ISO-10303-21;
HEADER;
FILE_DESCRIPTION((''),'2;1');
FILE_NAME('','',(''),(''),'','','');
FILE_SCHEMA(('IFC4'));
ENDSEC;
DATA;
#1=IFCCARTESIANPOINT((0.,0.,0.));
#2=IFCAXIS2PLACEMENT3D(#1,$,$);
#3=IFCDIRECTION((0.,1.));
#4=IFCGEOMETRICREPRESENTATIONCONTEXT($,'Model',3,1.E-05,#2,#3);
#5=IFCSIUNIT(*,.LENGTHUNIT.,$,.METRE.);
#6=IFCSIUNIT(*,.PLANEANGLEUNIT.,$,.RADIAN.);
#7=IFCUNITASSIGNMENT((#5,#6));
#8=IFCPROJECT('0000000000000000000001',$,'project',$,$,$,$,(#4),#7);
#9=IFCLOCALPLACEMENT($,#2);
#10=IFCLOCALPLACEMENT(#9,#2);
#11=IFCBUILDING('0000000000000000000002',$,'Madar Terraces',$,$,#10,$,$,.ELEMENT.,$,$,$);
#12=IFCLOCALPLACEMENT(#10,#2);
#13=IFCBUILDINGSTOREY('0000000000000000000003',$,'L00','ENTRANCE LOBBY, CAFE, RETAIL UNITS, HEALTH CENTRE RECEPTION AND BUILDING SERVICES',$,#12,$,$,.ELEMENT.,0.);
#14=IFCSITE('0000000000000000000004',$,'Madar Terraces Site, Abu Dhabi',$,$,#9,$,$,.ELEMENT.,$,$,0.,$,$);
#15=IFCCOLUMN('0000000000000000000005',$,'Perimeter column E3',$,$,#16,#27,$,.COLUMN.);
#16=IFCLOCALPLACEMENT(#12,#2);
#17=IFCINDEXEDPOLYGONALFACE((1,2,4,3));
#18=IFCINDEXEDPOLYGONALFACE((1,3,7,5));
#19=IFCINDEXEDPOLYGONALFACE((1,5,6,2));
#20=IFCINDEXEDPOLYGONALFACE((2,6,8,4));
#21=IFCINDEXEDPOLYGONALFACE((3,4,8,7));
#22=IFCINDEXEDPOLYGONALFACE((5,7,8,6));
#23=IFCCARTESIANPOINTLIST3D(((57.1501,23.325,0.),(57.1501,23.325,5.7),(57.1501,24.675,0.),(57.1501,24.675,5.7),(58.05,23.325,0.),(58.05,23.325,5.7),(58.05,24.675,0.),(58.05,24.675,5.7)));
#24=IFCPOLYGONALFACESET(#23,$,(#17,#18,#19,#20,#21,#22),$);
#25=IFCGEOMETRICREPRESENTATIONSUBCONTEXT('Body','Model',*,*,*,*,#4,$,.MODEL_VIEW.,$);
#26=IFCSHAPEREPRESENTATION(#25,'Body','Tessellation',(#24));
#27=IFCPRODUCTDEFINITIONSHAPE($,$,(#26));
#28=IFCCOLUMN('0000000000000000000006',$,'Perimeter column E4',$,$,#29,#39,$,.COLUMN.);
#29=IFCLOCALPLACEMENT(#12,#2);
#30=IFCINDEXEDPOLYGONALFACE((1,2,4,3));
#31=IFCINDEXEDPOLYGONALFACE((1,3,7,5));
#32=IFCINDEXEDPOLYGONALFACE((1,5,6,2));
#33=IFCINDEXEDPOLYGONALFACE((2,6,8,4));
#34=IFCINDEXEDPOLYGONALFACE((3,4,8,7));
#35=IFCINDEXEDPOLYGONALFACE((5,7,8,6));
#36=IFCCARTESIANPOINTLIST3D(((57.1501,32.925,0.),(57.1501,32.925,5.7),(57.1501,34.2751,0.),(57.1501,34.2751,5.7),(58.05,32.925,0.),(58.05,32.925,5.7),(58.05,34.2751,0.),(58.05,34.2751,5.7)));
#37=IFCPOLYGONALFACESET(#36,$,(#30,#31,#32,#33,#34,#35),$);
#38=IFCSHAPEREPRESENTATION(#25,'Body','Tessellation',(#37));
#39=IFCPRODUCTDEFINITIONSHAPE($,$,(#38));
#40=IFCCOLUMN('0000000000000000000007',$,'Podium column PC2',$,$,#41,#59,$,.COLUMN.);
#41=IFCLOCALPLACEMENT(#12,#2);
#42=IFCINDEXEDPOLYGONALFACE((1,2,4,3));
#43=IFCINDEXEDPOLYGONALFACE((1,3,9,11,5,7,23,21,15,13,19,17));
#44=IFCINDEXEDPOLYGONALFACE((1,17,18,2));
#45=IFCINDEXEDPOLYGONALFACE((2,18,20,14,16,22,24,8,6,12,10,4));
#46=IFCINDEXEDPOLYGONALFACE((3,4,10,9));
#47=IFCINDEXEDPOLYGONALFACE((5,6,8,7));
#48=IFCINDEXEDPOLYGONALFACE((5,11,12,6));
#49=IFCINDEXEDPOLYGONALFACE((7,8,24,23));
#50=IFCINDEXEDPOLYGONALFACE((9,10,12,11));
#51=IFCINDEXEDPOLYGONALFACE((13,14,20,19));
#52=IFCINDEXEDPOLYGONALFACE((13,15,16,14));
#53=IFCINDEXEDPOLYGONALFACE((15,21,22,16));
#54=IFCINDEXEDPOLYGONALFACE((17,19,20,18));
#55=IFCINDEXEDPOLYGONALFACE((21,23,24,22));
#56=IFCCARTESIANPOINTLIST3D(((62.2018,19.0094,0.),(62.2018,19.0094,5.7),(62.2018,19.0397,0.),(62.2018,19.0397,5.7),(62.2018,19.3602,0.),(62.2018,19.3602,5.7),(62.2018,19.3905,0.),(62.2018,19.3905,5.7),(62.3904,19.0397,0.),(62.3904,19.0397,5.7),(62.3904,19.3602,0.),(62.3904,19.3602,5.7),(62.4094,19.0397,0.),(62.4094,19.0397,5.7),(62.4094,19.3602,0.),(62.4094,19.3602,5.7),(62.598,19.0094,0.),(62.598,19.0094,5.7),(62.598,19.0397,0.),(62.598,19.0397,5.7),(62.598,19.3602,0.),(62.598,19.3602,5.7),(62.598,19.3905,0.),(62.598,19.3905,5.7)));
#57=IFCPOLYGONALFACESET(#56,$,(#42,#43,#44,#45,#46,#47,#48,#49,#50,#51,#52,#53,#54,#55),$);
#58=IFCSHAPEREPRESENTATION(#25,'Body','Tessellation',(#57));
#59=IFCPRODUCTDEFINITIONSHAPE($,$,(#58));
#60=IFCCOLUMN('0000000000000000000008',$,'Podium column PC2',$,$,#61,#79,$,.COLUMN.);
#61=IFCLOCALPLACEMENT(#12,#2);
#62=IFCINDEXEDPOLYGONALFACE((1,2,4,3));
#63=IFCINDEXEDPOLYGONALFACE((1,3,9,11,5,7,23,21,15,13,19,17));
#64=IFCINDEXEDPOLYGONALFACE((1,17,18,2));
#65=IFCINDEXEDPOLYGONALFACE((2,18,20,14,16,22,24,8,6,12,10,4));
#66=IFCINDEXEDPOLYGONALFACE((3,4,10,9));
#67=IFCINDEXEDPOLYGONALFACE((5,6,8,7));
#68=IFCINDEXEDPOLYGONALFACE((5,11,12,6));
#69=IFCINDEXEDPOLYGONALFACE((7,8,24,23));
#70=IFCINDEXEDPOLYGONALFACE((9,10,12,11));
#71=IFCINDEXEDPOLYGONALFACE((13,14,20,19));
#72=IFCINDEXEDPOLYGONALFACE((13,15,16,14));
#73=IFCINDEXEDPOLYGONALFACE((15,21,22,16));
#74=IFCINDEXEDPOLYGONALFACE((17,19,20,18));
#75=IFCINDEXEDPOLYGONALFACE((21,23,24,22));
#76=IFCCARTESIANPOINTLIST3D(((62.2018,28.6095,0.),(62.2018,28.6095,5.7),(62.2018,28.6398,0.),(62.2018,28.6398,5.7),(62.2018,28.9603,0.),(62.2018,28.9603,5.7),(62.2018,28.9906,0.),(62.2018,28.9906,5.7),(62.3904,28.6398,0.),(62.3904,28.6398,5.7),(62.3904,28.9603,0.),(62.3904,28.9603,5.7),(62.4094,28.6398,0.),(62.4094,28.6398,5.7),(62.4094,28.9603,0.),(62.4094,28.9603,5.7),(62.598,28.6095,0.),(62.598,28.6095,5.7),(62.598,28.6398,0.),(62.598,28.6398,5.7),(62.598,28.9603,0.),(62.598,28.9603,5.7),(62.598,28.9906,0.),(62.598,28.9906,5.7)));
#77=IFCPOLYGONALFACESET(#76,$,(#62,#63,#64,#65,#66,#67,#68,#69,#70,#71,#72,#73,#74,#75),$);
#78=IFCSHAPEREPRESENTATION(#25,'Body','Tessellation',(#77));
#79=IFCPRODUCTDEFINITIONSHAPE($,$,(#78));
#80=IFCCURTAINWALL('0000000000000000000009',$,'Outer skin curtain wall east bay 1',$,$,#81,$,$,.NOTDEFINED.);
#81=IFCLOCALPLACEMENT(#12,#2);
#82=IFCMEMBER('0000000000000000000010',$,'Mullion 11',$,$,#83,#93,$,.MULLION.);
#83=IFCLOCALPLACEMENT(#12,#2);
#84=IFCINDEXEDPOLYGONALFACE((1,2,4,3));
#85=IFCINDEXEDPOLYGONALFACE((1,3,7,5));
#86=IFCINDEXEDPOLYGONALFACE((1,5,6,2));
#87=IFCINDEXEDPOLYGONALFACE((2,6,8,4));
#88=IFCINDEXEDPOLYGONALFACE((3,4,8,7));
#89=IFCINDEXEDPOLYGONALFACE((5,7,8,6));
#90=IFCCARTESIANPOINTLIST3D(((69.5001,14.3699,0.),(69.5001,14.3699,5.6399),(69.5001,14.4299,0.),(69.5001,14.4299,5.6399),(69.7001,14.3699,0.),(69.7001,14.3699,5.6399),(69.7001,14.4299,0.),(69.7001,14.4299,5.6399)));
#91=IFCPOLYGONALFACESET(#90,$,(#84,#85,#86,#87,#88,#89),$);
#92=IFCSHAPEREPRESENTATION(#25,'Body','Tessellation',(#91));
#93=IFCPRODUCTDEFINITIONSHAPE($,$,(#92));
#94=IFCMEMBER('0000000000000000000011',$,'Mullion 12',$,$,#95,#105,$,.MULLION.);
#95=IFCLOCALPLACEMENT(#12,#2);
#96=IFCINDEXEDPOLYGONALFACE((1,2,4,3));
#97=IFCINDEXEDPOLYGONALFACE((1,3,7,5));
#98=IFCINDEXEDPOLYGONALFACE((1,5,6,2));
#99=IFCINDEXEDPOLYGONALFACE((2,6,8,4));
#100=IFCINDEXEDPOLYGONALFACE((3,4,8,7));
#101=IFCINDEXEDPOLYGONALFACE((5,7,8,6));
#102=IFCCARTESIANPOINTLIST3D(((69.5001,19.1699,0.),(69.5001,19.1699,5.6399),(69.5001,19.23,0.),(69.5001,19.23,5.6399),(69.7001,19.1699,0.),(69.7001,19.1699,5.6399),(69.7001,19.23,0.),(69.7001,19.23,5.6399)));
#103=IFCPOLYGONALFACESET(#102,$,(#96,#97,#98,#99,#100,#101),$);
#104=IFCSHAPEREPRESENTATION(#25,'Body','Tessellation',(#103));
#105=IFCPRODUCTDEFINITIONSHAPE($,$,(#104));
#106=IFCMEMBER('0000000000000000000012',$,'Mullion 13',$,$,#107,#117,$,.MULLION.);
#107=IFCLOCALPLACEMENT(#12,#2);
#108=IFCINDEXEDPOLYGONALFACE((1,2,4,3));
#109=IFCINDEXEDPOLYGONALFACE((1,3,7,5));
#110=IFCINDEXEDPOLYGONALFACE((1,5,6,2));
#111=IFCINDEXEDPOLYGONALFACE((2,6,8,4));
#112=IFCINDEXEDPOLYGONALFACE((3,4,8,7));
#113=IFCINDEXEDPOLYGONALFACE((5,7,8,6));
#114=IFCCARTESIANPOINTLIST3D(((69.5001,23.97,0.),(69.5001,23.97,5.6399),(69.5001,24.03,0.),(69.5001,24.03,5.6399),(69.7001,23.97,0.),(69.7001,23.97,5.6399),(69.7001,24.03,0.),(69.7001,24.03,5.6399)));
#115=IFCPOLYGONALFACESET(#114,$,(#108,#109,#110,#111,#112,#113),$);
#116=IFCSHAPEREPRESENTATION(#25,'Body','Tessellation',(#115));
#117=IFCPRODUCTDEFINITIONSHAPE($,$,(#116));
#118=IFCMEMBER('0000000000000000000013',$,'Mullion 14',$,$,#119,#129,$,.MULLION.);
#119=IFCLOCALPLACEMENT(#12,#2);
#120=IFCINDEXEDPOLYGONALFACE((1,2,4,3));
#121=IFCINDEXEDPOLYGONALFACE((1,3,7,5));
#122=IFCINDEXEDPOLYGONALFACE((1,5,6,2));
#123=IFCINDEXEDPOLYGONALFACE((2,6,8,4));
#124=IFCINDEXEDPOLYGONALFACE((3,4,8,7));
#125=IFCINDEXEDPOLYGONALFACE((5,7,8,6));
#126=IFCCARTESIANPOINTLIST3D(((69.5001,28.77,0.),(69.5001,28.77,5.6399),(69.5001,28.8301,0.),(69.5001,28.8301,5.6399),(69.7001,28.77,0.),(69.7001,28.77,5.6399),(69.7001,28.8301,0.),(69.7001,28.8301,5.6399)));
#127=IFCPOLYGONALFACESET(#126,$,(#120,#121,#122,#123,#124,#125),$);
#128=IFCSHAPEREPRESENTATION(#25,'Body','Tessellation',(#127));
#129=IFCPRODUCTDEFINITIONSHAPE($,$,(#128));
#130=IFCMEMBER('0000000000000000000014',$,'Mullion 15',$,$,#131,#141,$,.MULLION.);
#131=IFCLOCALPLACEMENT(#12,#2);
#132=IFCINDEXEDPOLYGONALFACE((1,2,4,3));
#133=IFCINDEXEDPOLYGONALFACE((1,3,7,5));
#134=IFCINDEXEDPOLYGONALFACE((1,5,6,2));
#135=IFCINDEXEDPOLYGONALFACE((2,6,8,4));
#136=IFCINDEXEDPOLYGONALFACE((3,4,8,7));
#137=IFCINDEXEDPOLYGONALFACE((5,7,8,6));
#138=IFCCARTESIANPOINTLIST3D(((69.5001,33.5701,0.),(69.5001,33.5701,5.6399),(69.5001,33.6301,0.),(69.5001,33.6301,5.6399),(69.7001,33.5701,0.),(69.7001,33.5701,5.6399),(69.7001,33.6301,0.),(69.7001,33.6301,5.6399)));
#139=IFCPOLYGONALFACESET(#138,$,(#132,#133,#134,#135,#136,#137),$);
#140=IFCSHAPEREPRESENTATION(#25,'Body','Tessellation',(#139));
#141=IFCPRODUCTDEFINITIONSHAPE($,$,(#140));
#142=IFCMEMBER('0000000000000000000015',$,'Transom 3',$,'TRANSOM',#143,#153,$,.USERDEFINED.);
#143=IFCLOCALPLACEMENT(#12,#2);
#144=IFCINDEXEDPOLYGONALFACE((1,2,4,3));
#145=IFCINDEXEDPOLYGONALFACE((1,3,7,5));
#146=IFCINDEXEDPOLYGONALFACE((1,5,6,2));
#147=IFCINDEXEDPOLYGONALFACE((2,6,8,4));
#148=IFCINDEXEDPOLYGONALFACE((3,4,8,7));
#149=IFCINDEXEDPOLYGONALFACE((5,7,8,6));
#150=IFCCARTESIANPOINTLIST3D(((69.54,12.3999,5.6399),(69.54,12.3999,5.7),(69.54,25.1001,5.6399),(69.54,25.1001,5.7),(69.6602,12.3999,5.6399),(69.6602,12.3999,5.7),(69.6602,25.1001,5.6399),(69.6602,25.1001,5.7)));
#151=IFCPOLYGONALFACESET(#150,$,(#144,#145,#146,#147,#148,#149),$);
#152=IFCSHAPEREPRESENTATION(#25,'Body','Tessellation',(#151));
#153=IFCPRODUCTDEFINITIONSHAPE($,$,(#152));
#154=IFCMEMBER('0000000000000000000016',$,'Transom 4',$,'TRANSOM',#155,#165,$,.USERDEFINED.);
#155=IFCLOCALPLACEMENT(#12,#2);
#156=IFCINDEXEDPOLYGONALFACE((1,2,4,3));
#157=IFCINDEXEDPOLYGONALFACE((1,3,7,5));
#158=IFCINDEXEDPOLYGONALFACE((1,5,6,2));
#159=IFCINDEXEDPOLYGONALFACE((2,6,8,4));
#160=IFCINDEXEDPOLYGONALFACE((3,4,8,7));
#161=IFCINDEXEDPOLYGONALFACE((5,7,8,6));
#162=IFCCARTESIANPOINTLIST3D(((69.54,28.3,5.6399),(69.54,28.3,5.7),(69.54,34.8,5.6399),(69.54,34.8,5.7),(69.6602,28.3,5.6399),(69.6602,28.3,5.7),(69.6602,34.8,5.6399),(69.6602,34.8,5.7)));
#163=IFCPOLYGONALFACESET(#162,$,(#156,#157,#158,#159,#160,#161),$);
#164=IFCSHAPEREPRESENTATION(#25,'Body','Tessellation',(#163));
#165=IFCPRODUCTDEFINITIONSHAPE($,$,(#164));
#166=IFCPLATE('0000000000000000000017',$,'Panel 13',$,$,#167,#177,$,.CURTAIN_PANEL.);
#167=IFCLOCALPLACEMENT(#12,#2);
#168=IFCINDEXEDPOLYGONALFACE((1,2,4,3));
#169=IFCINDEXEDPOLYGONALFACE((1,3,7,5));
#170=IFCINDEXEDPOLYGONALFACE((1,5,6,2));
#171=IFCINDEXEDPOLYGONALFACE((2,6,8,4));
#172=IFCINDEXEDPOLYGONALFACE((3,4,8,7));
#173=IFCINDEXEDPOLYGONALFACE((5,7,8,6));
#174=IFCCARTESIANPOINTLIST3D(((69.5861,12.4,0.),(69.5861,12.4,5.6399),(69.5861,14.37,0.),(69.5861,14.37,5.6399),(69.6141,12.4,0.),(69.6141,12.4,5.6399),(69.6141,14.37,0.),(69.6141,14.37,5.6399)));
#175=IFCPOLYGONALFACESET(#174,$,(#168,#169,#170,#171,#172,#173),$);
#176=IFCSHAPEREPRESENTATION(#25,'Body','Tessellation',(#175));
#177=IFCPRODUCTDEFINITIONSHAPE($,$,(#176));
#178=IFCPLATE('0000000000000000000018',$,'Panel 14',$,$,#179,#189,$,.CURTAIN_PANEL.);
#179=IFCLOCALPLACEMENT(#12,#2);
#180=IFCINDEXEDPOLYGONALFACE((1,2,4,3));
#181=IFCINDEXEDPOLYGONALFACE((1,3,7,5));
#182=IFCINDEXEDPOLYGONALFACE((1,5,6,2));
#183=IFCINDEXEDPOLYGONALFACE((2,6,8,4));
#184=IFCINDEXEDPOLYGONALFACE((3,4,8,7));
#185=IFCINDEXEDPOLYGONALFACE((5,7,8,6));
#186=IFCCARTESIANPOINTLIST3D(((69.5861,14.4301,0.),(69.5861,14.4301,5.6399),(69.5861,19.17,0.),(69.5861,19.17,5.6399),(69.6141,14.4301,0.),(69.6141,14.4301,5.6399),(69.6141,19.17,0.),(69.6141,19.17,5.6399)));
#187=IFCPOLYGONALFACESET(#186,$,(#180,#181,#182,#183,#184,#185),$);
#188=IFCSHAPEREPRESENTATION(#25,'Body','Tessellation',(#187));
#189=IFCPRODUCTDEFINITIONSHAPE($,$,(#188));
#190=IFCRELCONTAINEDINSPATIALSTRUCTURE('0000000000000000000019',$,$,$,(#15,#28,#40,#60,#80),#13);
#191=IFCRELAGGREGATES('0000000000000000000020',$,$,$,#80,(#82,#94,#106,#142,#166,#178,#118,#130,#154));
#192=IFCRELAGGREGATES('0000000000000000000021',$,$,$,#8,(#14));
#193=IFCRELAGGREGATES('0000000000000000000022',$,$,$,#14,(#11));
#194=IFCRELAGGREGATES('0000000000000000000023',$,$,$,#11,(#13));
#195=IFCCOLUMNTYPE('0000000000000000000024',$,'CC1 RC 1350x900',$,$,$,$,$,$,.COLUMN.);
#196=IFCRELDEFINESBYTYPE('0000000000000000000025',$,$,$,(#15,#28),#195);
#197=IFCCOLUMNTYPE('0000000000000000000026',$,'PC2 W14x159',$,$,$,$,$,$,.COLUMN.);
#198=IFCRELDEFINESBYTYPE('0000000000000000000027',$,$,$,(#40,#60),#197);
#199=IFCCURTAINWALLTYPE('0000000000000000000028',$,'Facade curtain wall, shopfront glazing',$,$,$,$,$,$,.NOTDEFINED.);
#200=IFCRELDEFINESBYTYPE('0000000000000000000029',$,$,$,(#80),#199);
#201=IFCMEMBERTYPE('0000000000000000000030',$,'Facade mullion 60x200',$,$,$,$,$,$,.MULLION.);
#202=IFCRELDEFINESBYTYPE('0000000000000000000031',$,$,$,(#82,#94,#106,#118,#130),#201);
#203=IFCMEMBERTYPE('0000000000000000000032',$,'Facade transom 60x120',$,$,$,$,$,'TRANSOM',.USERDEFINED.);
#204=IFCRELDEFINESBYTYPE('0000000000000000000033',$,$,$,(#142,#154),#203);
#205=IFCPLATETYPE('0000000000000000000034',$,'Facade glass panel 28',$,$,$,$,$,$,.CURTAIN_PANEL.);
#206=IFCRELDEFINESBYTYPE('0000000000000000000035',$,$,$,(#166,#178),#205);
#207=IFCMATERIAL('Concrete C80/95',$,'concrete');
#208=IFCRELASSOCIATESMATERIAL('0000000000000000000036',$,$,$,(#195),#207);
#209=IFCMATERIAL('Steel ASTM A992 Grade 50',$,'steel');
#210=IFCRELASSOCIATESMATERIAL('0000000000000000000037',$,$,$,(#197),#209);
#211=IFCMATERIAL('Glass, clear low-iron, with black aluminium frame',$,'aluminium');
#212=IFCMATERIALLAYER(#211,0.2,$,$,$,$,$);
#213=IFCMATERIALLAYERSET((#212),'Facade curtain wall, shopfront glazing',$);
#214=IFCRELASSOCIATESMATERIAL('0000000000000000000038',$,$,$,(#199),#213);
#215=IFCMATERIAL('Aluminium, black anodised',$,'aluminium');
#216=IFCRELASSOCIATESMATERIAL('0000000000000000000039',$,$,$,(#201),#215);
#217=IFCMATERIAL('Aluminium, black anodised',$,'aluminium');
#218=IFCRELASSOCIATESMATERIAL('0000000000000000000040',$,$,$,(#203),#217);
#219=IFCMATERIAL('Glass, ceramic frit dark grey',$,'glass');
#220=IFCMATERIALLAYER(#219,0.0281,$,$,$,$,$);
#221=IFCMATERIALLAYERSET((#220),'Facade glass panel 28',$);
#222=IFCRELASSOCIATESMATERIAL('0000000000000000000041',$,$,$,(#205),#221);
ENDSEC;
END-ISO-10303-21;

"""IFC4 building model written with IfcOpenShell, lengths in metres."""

from ifc_helpers import new_model, si_unit, direction, frame, origin, origin_2d, place, context, subcontext, project, spatial, rectangle, i_section, extrude, material, layer, layer_set, material_profile, profile_set, type_object, element, aggregate, save


model = new_model("IFC4")

# Units and contexts
model_context = context("Model", 3, precision=1e-05, world=origin(), true_north=direction((0.0, 1.0)))
body_context = subcontext(model_context, "Body", "Model", "MODEL_VIEW")
ifc_project = project(units=[si_unit("LENGTHUNIT", "METRE"), si_unit("PLANEANGLEUNIT", "RADIAN")], contexts=[model_context])

# Site, building, storey
site_placement = place(None, origin())
site = spatial("IfcSite", under=ifc_project, at=site_placement, Name="Madar Terraces Site, Abu Dhabi", CompositionType="ELEMENT", RefElevation=0.0)
building_placement = place(site_placement, origin())
building = spatial("IfcBuilding", under=site, at=building_placement, Name="Madar Terraces", CompositionType="ELEMENT")
storey_placement = place(building_placement, origin())
storey = spatial("IfcBuildingStorey", under=building, at=storey_placement, Name="L00", Description="ENTRANCE LOBBY, CAFE, RETAIL UNITS, HEALTH CENTRE RECEPTION AND BUILDING SERVICES", CompositionType="ELEMENT", Elevation=0.0)

# Columns
ifc_material_1 = material(Name="Concrete C80/95", Category="concrete")
ifc_material_profile_1 = material_profile(ifc_material_1, rectangle(XDim=1.3501, YDim=0.8999, at=origin_2d()), Name="CC1 RC 1350x900")
ifc_profile_set_1 = profile_set([ifc_material_profile_1], Name="Concrete C80/95")
column_type_1 = type_object("IfcColumnType", Name="CC1 RC 1350x900", PredefinedType="COLUMN", material=ifc_profile_set_1)
for number, where, z_axis, x_axis, name in (
    (1, (57.6001, 24.0, 0.0), (0.0, 0.0, 1.0), (0.0, 1.0, 0.0), "Perimeter column E3"),
    (2, (57.6001, 33.6001, 0.0), (0.0, 0.0, 1.0), (0.0, 1.0, 0.0), "Perimeter column E4"),
):
    element("IfcColumn", number, at=place(storey_placement, frame(where, z_axis=z_axis, x_axis=x_axis)), inside=storey, type_object=column_type_1, Name=name, PredefinedType="COLUMN", context=body_context, shape_type="SweptSolid", body=[
        extrude(rectangle(XDim=1.3501, YDim=0.8999, at=origin_2d()), origin(), (0.0, 0.0, 1.0), 5.7),
    ])
ifc_material_2 = material(Name="Steel ASTM A992 Grade 50", Category="steel")
ifc_material_profile_2 = material_profile(ifc_material_2, i_section(OverallWidth=0.3962, OverallDepth=0.3811, WebThickness=0.019, FlangeThickness=0.0303, at=origin_2d()), Name="W14x159")
ifc_profile_set_2 = profile_set([ifc_material_profile_2], Name="Steel ASTM A992 Grade 50")
column_type_2 = type_object("IfcColumnType", Name="PC2 W14x159", PredefinedType="COLUMN", material=ifc_profile_set_2)
for number, where, z_axis, x_axis, name in (
    (3, (62.3999, 19.2, 0.0), (0.0, 0.0, 1.0), (1.0, 0.0, 0.0), "Podium column PC2"),
    (4, (62.3999, 28.8, 0.0), (0.0, 0.0, 1.0), (1.0, 0.0, 0.0), "Podium column PC2"),
):
    element("IfcColumn", number, at=place(storey_placement, frame(where, z_axis=z_axis, x_axis=x_axis)), inside=storey, type_object=column_type_2, Name=name, PredefinedType="COLUMN", context=body_context, shape_type="SweptSolid", body=[
        extrude(i_section(OverallWidth=0.3962, OverallDepth=0.3811, WebThickness=0.019, FlangeThickness=0.0303, at=origin_2d()), origin(), (0.0, 0.0, 1.0), 5.7),
    ])

# Curtain wall, members, plates
ifc_material_3 = material(Name="Glass, clear low-iron, with black aluminium frame", Category="aluminium")
ifc_layer_1 = layer(ifc_material_3, 0.2)
ifc_layer_set_1 = layer_set([ifc_layer_1], Name="Facade curtain wall, shopfront glazing")
curtain_wall_type = type_object("IfcCurtainWallType", Name="Facade curtain wall, shopfront glazing", PredefinedType="NOTDEFINED", material=ifc_layer_set_1)
curtain_wall_placement = place(storey_placement, origin())
curtain_wall = element("IfcCurtainWall", 5, at=curtain_wall_placement, inside=storey, type_object=curtain_wall_type, Name="Outer skin curtain wall east bay 1", PredefinedType="NOTDEFINED")
ifc_material_4 = material(Name="Aluminium, black anodised", Category="aluminium")
ifc_material_profile_3 = material_profile(ifc_material_4, rectangle(XDim=0.2, YDim=0.0601, at=origin_2d()), Name="Facade mullion 60x200")
ifc_profile_set_3 = profile_set([ifc_material_profile_3], Name="Aluminium, black anodised")
member_type_1 = type_object("IfcMemberType", Name="Facade mullion 60x200", PredefinedType="MULLION", material=ifc_profile_set_3)
member_1_placement = place(storey_placement, frame((69.6001, 14.3999, 0.0), z_axis=(0.0, 0.0, 1.0), x_axis=(-1.0, 0.0, 0.0)))
member_1 = element("IfcMember", 6, at=member_1_placement, type_object=member_type_1, Name="Mullion 11", PredefinedType="MULLION", context=body_context, shape_type="SweptSolid", body=[
    extrude(rectangle(XDim=0.2, YDim=0.0601, at=origin_2d()), origin(), (0.0, 0.0, 1.0), 5.6399),
])
member_2_placement = place(storey_placement, frame((69.6001, 19.2, 0.0), z_axis=(0.0, 0.0, 1.0), x_axis=(-1.0, 0.0, 0.0)))
member_2 = element("IfcMember", 7, at=member_2_placement, type_object=member_type_1, Name="Mullion 12", PredefinedType="MULLION", context=body_context, shape_type="SweptSolid", body=[
    extrude(rectangle(XDim=0.2, YDim=0.0601, at=origin_2d()), origin(), (0.0, 0.0, 1.0), 5.6399),
])
member_3_placement = place(storey_placement, frame((69.6001, 24.0, 0.0), z_axis=(0.0, 0.0, 1.0), x_axis=(-1.0, 0.0, 0.0)))
member_3 = element("IfcMember", 8, at=member_3_placement, type_object=member_type_1, Name="Mullion 13", PredefinedType="MULLION", context=body_context, shape_type="SweptSolid", body=[
    extrude(rectangle(XDim=0.2, YDim=0.0601, at=origin_2d()), origin(), (0.0, 0.0, 1.0), 5.6399),
])
member_4_placement = place(storey_placement, frame((69.6001, 28.8, 0.0), z_axis=(0.0, 0.0, 1.0), x_axis=(-1.0, 0.0, 0.0)))
member_4 = element("IfcMember", 9, at=member_4_placement, type_object=member_type_1, Name="Mullion 14", PredefinedType="MULLION", context=body_context, shape_type="SweptSolid", body=[
    extrude(rectangle(XDim=0.2, YDim=0.0601, at=origin_2d()), origin(), (0.0, 0.0, 1.0), 5.6399),
])
member_5_placement = place(storey_placement, frame((69.6001, 33.6001, 0.0), z_axis=(0.0, 0.0, 1.0), x_axis=(-1.0, 0.0, 0.0)))
member_5 = element("IfcMember", 10, at=member_5_placement, type_object=member_type_1, Name="Mullion 15", PredefinedType="MULLION", context=body_context, shape_type="SweptSolid", body=[
    extrude(rectangle(XDim=0.2, YDim=0.0601, at=origin_2d()), origin(), (0.0, 0.0, 1.0), 5.6399),
])
ifc_material_5 = material(Name="Aluminium, black anodised", Category="aluminium")
ifc_material_profile_4 = material_profile(ifc_material_5, rectangle(XDim=0.1201, YDim=0.0601, at=origin_2d()), Name="Facade transom 60x120")
ifc_profile_set_4 = profile_set([ifc_material_profile_4], Name="Aluminium, black anodised")
member_type_2 = type_object("IfcMemberType", Name="Facade transom 60x120", ElementType="TRANSOM", PredefinedType="USERDEFINED", material=ifc_profile_set_4)
member_6_placement = place(storey_placement, frame((69.6001, 12.3999, 5.6699), z_axis=(0.0, 1.0, 0.0), x_axis=(-1.0, 0.0, 0.0)))
member_6 = element("IfcMember", 11, at=member_6_placement, type_object=member_type_2, Name="Transom 3", ObjectType="TRANSOM", PredefinedType="USERDEFINED", context=body_context, shape_type="SweptSolid", body=[
    extrude(rectangle(XDim=0.1201, YDim=0.0601, at=origin_2d()), origin(), (0.0, 0.0, 1.0), 12.7002),
])
member_7_placement = place(storey_placement, frame((69.6001, 28.3, 5.6699), z_axis=(0.0, 1.0, 0.0), x_axis=(-1.0, 0.0, 0.0)))
member_7 = element("IfcMember", 12, at=member_7_placement, type_object=member_type_2, Name="Transom 4", ObjectType="TRANSOM", PredefinedType="USERDEFINED", context=body_context, shape_type="SweptSolid", body=[
    extrude(rectangle(XDim=0.1201, YDim=0.0601, at=origin_2d()), origin(), (0.0, 0.0, 1.0), 6.5),
])
ifc_material_6 = material(Name="Glass, ceramic frit dark grey", Category="glass")
ifc_layer_2 = layer(ifc_material_6, 0.0281)
ifc_layer_set_2 = layer_set([ifc_layer_2], Name="Facade glass panel 28")
plate_type = type_object("IfcPlateType", Name="Facade glass panel 28", PredefinedType="CURTAIN_PANEL", material=ifc_layer_set_2)
plate_1_placement = place(storey_placement, frame((69.6001, 13.385, 0.0), z_axis=(0.0, 0.0, 1.0), x_axis=(0.0, 1.0, 0.0)))
plate_1 = element("IfcPlate", 13, at=plate_1_placement, type_object=plate_type, Name="Panel 13", PredefinedType="CURTAIN_PANEL", context=body_context, shape_type="SweptSolid", body=[
    extrude(rectangle(XDim=1.97, YDim=0.0281, at=origin_2d()), origin(), (0.0, 0.0, 1.0), 5.6399),
])
plate_2_placement = place(storey_placement, frame((69.6001, 16.8, 0.0), z_axis=(0.0, 0.0, 1.0), x_axis=(0.0, 1.0, 0.0)))
plate_2 = element("IfcPlate", 14, at=plate_2_placement, type_object=plate_type, Name="Panel 14", PredefinedType="CURTAIN_PANEL", context=body_context, shape_type="SweptSolid", body=[
    extrude(rectangle(XDim=4.74, YDim=0.0281, at=origin_2d()), origin(), (0.0, 0.0, 1.0), 5.6399),
])
aggregate(curtain_wall, [member_1, member_2, member_3, member_6, plate_1, plate_2, member_4, member_5, member_7])

save(model, "model.ifc")
